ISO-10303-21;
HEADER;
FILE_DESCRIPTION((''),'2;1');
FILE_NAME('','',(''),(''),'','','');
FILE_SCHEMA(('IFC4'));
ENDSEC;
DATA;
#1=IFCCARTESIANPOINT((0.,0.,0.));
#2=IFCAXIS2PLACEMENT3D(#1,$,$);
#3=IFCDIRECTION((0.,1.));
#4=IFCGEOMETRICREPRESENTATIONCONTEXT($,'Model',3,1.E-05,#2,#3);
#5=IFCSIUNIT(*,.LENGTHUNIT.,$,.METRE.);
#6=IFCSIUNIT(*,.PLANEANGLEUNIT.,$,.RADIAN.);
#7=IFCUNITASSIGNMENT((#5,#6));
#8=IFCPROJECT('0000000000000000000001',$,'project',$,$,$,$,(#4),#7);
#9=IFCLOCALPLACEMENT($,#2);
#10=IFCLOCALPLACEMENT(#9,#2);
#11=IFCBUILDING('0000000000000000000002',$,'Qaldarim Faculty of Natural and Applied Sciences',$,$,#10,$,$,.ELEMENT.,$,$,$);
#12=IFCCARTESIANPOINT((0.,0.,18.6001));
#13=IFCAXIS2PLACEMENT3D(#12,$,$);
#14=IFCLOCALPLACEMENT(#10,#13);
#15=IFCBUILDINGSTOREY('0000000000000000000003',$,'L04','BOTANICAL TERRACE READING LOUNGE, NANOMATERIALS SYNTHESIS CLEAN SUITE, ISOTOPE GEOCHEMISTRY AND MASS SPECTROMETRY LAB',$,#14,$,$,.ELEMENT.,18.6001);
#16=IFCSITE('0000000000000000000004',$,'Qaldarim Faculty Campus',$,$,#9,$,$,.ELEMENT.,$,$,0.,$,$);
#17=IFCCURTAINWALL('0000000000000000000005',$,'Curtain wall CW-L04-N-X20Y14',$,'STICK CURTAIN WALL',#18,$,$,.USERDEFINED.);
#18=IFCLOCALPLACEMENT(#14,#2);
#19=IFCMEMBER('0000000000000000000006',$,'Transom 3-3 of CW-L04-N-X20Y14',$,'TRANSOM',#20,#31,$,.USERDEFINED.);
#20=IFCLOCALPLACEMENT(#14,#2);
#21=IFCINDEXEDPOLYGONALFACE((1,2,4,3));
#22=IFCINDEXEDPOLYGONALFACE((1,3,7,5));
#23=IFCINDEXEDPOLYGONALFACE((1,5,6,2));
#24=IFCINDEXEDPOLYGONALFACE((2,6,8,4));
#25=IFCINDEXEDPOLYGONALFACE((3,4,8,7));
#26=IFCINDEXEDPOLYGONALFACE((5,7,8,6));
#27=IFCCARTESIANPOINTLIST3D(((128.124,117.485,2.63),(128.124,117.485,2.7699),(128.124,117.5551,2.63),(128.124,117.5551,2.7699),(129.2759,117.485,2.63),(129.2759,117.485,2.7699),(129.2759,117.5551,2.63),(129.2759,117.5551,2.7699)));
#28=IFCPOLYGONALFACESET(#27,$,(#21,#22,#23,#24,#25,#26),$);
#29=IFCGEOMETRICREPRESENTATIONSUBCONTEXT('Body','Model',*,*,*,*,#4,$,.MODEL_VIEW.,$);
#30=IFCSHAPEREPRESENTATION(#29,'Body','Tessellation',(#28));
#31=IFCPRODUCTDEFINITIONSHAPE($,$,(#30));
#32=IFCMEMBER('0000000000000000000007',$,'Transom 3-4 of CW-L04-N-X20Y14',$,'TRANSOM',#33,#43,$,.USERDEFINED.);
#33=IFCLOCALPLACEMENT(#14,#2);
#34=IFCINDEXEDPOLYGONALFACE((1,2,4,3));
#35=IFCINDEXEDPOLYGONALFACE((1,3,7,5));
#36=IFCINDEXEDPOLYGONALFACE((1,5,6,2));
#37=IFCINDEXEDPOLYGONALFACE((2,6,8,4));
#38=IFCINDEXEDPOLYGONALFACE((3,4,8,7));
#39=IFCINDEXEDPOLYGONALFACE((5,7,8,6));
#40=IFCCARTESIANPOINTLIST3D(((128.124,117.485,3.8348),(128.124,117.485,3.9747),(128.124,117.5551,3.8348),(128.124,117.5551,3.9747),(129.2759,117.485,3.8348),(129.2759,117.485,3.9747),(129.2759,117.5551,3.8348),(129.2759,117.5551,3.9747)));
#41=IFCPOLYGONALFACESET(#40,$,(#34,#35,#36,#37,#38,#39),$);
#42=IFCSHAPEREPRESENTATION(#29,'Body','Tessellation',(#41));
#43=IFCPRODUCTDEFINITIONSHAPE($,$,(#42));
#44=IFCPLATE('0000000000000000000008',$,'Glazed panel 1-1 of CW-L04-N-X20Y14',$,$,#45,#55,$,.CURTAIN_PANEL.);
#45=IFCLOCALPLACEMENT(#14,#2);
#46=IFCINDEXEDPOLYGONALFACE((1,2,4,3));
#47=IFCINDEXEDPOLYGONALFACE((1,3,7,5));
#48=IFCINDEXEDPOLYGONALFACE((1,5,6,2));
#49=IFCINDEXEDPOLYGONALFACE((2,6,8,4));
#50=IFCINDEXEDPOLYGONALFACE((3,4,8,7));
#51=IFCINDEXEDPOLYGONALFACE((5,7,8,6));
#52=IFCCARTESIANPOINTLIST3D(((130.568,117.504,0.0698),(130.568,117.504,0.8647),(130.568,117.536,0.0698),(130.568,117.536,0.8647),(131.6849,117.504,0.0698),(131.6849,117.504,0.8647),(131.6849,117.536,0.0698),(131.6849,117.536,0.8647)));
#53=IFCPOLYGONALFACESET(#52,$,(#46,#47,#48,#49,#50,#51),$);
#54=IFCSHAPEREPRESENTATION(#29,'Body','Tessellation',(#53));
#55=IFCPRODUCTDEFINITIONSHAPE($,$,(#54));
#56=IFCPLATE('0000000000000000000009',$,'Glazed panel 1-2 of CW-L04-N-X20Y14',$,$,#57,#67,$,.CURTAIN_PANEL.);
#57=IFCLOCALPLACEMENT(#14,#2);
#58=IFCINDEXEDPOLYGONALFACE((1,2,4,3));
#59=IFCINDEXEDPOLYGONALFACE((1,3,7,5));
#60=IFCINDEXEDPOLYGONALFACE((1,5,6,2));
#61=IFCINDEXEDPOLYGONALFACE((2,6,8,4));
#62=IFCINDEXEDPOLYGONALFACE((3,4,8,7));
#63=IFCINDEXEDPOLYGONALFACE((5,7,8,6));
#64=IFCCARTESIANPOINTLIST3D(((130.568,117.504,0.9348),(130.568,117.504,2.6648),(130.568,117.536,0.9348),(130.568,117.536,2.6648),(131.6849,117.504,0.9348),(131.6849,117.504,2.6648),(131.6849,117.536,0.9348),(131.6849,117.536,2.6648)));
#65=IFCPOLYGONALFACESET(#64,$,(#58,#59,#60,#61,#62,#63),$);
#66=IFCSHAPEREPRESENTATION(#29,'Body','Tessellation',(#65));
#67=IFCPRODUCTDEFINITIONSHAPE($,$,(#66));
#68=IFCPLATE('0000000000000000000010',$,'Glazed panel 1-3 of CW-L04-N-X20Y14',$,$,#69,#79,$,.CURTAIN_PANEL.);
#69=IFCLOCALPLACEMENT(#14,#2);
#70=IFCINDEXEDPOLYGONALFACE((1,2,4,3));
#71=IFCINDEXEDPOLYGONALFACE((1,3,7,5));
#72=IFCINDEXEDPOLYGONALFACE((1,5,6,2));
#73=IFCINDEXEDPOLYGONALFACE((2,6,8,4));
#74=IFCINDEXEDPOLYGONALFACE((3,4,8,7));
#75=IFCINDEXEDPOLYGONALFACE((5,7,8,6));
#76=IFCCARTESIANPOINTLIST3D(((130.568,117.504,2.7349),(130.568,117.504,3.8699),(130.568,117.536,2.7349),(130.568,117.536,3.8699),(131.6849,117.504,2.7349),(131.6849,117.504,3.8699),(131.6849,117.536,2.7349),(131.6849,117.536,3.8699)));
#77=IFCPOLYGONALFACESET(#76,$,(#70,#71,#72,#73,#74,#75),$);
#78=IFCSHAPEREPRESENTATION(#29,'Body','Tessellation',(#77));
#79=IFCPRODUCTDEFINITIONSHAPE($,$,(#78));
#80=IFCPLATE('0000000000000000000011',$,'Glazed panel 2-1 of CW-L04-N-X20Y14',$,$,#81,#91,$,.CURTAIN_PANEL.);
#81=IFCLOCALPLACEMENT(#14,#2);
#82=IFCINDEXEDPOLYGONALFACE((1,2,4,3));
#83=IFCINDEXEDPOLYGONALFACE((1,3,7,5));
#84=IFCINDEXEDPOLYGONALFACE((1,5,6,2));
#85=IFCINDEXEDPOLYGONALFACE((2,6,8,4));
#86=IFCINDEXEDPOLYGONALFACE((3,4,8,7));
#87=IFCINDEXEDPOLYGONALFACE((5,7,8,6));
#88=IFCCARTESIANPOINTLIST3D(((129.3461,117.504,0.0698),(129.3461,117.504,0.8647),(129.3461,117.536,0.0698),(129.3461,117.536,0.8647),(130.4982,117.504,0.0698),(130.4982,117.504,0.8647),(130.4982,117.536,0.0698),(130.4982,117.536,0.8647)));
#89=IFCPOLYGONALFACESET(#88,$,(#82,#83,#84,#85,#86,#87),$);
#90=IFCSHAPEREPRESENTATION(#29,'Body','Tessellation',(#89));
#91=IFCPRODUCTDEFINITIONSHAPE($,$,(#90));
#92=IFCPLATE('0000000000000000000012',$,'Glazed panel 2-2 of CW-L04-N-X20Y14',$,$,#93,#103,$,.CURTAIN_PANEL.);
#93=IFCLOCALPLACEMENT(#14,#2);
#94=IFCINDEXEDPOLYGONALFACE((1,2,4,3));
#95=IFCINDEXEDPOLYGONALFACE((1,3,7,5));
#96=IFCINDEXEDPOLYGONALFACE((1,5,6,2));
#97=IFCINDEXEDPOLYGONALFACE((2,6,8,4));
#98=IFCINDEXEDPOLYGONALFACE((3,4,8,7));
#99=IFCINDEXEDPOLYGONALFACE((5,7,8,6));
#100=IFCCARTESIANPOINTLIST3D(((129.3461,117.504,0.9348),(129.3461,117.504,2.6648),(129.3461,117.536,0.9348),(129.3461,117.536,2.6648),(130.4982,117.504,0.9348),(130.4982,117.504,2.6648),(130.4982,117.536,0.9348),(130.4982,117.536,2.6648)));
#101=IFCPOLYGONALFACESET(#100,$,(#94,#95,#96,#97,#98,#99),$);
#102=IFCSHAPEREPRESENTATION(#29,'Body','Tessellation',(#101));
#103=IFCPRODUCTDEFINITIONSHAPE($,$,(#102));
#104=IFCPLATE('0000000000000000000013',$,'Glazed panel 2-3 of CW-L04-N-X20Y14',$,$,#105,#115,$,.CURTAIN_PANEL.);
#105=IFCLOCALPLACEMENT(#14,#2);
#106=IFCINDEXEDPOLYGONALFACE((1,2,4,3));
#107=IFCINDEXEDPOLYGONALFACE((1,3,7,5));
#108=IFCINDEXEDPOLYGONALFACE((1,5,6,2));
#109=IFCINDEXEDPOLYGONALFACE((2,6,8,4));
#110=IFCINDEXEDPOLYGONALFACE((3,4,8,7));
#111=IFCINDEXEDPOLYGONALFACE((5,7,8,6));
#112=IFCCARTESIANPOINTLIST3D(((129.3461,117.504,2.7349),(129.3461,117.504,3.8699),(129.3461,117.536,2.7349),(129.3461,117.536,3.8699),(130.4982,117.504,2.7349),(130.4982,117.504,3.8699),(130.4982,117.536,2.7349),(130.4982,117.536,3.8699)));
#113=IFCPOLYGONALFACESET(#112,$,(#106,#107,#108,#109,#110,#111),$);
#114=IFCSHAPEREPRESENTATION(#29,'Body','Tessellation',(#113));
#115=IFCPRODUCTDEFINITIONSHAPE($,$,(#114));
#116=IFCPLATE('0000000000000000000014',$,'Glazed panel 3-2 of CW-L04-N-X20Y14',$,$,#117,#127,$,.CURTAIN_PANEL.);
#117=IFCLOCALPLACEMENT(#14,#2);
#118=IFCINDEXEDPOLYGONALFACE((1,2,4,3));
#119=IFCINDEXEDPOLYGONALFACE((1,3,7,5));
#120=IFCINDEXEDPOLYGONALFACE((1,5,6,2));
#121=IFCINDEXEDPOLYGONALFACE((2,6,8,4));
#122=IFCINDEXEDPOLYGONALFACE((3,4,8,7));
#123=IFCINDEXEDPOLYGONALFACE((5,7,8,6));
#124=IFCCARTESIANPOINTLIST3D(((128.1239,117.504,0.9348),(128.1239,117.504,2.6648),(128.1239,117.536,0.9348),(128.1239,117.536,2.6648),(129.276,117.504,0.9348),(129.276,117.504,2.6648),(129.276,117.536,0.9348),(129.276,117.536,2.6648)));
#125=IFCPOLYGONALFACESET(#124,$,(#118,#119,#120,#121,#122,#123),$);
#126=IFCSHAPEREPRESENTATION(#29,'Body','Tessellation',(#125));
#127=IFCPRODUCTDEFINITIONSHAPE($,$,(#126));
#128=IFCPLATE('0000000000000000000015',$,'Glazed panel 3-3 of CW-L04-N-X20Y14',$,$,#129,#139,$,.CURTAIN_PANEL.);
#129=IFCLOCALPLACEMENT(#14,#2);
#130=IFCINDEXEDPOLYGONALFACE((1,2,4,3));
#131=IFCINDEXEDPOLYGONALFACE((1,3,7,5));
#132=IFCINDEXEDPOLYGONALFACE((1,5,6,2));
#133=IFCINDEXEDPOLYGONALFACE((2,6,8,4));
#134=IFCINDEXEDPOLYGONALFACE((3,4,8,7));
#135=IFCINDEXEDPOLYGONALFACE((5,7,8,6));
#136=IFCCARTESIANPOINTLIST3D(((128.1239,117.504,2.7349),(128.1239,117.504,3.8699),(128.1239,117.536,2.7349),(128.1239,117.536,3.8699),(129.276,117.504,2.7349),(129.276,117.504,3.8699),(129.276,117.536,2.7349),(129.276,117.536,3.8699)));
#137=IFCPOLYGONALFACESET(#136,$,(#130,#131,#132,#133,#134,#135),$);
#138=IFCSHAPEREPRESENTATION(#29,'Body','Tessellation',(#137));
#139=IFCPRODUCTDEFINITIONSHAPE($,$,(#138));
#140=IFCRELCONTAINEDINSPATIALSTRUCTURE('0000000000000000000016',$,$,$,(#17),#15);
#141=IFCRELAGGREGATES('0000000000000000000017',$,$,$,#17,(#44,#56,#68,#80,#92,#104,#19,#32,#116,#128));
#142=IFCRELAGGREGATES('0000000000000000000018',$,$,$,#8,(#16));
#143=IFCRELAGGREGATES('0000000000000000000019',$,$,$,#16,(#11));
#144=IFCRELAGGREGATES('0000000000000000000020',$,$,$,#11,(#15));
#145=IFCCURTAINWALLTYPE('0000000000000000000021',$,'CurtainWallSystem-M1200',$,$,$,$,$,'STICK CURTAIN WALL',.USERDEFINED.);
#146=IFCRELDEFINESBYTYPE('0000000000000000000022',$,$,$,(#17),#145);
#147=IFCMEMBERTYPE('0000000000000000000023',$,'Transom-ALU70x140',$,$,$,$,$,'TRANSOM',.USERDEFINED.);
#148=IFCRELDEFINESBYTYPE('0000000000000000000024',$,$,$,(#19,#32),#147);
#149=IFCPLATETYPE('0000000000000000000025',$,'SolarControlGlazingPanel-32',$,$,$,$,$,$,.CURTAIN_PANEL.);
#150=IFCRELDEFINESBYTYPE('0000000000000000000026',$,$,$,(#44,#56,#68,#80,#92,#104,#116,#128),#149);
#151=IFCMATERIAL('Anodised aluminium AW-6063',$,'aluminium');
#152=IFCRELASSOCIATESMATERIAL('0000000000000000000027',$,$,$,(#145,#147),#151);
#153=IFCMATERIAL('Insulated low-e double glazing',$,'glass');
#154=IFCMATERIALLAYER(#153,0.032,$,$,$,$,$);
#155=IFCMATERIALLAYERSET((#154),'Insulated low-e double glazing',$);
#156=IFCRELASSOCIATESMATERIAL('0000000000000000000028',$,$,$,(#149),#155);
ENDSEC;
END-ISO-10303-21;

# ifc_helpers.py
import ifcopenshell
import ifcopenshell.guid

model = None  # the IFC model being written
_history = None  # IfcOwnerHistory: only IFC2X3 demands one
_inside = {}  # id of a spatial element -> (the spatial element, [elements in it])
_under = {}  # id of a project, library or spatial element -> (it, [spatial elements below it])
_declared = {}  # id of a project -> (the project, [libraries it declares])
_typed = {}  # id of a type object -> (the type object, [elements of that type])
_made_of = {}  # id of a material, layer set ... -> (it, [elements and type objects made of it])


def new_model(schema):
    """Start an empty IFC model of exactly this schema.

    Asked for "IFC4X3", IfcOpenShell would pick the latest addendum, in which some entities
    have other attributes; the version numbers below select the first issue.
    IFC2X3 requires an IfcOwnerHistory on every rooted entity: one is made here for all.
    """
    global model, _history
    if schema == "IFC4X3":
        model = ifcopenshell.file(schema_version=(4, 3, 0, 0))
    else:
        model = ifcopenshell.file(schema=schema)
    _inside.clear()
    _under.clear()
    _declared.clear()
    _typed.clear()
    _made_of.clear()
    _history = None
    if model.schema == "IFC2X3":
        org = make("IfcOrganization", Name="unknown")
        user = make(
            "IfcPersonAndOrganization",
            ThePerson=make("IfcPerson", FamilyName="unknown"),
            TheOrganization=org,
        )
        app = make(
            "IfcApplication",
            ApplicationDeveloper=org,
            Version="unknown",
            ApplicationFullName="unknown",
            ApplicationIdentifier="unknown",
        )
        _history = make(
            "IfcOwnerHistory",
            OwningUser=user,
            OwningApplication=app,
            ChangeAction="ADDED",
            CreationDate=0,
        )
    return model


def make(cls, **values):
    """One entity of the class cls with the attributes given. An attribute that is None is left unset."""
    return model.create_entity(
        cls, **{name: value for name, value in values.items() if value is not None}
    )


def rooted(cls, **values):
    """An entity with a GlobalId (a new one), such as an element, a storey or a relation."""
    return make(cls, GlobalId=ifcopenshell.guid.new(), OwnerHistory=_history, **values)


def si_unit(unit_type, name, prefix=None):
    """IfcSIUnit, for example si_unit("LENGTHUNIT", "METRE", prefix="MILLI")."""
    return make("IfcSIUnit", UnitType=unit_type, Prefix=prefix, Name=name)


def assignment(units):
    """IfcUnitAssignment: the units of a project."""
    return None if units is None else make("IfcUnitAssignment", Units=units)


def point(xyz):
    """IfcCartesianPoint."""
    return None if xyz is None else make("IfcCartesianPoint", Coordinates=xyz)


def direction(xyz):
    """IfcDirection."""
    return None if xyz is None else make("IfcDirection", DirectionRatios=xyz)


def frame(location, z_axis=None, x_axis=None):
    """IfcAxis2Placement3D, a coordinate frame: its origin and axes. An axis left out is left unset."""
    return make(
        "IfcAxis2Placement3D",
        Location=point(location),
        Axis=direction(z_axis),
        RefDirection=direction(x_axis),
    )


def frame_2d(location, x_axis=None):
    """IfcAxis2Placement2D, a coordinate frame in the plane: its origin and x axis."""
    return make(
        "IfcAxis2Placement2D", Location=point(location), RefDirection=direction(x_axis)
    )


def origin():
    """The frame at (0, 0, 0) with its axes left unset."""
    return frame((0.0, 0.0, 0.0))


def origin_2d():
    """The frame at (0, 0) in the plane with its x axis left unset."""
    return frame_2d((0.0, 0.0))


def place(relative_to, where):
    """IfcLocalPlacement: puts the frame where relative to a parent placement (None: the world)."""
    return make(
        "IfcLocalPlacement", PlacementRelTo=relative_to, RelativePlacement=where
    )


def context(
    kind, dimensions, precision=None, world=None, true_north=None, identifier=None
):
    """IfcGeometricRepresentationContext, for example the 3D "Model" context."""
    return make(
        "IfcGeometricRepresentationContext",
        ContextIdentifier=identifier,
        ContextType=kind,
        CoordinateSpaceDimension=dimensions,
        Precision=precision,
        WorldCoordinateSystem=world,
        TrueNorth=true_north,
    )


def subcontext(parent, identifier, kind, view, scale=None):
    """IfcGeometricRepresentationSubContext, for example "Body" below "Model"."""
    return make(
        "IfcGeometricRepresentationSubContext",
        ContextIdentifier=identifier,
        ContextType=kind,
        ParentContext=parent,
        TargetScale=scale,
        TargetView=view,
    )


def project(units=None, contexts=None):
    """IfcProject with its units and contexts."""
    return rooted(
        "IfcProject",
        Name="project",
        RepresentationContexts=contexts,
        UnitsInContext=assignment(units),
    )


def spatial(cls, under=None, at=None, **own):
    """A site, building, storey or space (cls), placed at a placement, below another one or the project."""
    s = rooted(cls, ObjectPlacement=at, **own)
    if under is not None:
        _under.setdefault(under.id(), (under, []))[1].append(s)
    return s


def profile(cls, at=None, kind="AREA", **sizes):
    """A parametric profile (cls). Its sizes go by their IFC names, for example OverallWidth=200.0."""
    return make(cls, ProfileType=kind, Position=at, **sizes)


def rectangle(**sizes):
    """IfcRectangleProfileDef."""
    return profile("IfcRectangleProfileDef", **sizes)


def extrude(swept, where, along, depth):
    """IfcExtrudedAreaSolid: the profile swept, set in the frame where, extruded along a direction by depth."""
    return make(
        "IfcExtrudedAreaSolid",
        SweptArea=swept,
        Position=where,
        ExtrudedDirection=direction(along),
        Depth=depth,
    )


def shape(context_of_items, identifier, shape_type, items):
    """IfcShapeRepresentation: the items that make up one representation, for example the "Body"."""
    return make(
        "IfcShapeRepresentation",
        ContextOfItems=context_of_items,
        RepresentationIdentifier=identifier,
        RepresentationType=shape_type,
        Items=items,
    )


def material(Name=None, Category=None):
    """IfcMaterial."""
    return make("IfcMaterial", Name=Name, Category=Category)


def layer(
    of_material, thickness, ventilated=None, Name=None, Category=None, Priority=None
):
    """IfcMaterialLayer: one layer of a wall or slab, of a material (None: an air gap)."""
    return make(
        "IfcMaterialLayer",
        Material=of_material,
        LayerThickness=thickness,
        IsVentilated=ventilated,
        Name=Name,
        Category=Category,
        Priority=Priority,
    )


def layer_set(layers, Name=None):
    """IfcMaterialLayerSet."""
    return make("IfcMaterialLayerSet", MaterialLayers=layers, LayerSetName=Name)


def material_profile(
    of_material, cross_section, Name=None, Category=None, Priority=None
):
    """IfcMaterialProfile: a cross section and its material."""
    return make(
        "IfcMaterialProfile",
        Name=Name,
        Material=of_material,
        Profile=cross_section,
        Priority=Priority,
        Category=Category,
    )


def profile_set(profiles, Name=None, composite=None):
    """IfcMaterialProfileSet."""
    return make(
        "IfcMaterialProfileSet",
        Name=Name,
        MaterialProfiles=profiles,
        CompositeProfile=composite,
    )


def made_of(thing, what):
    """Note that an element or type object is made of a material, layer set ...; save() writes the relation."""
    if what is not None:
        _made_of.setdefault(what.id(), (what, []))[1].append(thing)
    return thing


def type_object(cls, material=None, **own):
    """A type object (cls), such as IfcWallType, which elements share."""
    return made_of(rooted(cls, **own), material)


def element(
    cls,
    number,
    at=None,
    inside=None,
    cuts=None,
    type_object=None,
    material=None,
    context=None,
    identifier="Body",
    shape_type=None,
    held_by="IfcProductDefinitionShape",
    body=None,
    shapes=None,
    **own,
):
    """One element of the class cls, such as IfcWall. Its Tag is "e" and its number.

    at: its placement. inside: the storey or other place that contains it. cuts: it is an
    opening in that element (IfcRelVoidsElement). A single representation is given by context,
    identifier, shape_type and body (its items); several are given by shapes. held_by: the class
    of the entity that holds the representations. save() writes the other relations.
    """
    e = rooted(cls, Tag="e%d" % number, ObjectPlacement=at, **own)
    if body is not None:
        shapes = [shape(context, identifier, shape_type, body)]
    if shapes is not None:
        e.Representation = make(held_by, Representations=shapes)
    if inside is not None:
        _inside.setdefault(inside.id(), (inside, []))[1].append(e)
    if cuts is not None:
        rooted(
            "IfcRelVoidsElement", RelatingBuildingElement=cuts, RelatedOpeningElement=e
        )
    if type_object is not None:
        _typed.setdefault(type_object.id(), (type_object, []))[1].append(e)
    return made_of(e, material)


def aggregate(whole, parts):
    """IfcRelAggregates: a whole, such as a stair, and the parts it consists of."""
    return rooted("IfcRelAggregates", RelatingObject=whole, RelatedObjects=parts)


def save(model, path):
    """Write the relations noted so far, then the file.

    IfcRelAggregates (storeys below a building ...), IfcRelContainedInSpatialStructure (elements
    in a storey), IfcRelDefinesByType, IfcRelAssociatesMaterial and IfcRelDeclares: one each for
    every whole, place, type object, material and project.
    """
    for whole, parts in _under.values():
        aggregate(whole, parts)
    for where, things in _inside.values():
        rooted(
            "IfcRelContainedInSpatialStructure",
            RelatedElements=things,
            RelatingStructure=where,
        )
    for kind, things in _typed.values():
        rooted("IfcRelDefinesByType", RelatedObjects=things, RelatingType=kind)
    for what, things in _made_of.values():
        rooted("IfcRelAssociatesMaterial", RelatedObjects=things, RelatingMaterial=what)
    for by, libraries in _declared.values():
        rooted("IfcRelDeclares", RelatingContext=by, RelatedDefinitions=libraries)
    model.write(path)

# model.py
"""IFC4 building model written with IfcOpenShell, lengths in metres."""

from ifc_helpers import new_model, si_unit, direction, frame, origin, origin_2d, place, context, subcontext, project, spatial, rectangle, extrude, material, layer, layer_set, material_profile, profile_set, type_object, element, aggregate, save


model = new_model("IFC4")

# Units and contexts
model_context = context("Model", 3, precision=1e-05, world=origin(), true_north=direction((0.0, 1.0)))
body_context = subcontext(model_context, "Body", "Model", "MODEL_VIEW")
ifc_project = project(units=[si_unit("LENGTHUNIT", "METRE"), si_unit("PLANEANGLEUNIT", "RADIAN")], contexts=[model_context])

# Site, building, storey
site_placement = place(None, origin())
site = spatial("IfcSite", under=ifc_project, at=site_placement, Name="Qaldarim Faculty Campus", CompositionType="ELEMENT", RefElevation=0.0)
building_placement = place(site_placement, origin())
building = spatial("IfcBuilding", under=site, at=building_placement, Name="Qaldarim Faculty of Natural and Applied Sciences", CompositionType="ELEMENT")
storey_placement = place(building_placement, frame((0.0, 0.0, 18.6001)))
storey = spatial("IfcBuildingStorey", under=building, at=storey_placement, Name="L04", Description="BOTANICAL TERRACE READING LOUNGE, NANOMATERIALS SYNTHESIS CLEAN SUITE, ISOTOPE GEOCHEMISTRY AND MASS SPECTROMETRY LAB", CompositionType="ELEMENT", Elevation=18.6001)

# Curtain wall, members, plates
ifc_material_1 = material(Name="Anodised aluminium AW-6063", Category="aluminium")
curtain_wall_type = type_object("IfcCurtainWallType", Name="CurtainWallSystem-M1200", ElementType="STICK CURTAIN WALL", PredefinedType="USERDEFINED", material=ifc_material_1)
curtain_wall_placement = place(storey_placement, origin())
curtain_wall = element("IfcCurtainWall", 1, at=curtain_wall_placement, inside=storey, type_object=curtain_wall_type, Name="Curtain wall CW-L04-N-X20Y14", ObjectType="STICK CURTAIN WALL", PredefinedType="USERDEFINED")
ifc_material_profile_1 = material_profile(ifc_material_1, rectangle(XDim=0.0701, YDim=0.1399, at=origin_2d()), Name="ALU-T70x140")
ifc_profile_set_1 = profile_set([ifc_material_profile_1], Name="Anodised aluminium AW-6063")
member_type_1 = type_object("IfcMemberType", Name="Transom-ALU70x140", ElementType="TRANSOM", PredefinedType="USERDEFINED", material=ifc_profile_set_1)
member_1_placement = place(storey_placement, frame((129.2759, 117.52, 2.7), z_axis=(-1.0, 0.0, 0.0), x_axis=(0.0, -1.0, 0.0)))
member_1 = element("IfcMember", 2, at=member_1_placement, type_object=member_type_1, Name="Transom 3-3 of CW-L04-N-X20Y14", ObjectType="TRANSOM", PredefinedType="USERDEFINED", context=body_context, shape_type="SweptSolid", body=[
    extrude(rectangle(XDim=0.0701, YDim=0.1399, at=origin_2d()), origin(), (0.0, 0.0, 1.0), 1.1519),
])
member_2_placement = place(storey_placement, frame((129.2759, 117.52, 3.9048), z_axis=(-1.0, 0.0, 0.0), x_axis=(0.0, -1.0, 0.0)))
member_2 = element("IfcMember", 3, at=member_2_placement, type_object=member_type_1, Name="Transom 3-4 of CW-L04-N-X20Y14", ObjectType="TRANSOM", PredefinedType="USERDEFINED", context=body_context, shape_type="SweptSolid", body=[
    extrude(rectangle(XDim=0.0701, YDim=0.1399, at=origin_2d()), origin(), (0.0, 0.0, 1.0), 1.1519),
])
ifc_material_2 = material(Name="Insulated low-e double glazing", Category="glass")
ifc_layer = layer(ifc_material_2, 0.032)
ifc_layer_set = layer_set([ifc_layer], Name="Insulated low-e double glazing")
plate_type = type_object("IfcPlateType", Name="SolarControlGlazingPanel-32", PredefinedType="CURTAIN_PANEL", material=ifc_layer_set)
plate_1_placement = place(storey_placement, frame((131.1265, 117.52, 0.0698), z_axis=(0.0, 0.0, 1.0), x_axis=(-1.0, 0.0, 0.0)))
plate_1 = element("IfcPlate", 4, at=plate_1_placement, type_object=plate_type, Name="Glazed panel 1-1 of CW-L04-N-X20Y14", PredefinedType="CURTAIN_PANEL", context=body_context, shape_type="SweptSolid", body=[
    extrude(rectangle(XDim=1.1169, YDim=0.032, at=origin_2d()), origin(), (0.0, 0.0, 1.0), 0.7949),
])
plate_2_placement = place(storey_placement, frame((131.1265, 117.52, 0.9348), z_axis=(0.0, 0.0, 1.0), x_axis=(-1.0, 0.0, 0.0)))
plate_2 = element("IfcPlate", 5, at=plate_2_placement, type_object=plate_type, Name="Glazed panel 1-2 of CW-L04-N-X20Y14", PredefinedType="CURTAIN_PANEL", context=body_context, shape_type="SweptSolid", body=[
    extrude(rectangle(XDim=1.1169, YDim=0.032, at=origin_2d()), origin(), (0.0, 0.0, 1.0), 1.73),
])
plate_3_placement = place(storey_placement, frame((131.1265, 117.52, 2.7349), z_axis=(0.0, 0.0, 1.0), x_axis=(-1.0, 0.0, 0.0)))
plate_3 = element("IfcPlate", 6, at=plate_3_placement, type_object=plate_type, Name="Glazed panel 1-3 of CW-L04-N-X20Y14", PredefinedType="CURTAIN_PANEL", context=body_context, shape_type="SweptSolid", body=[
    extrude(rectangle(XDim=1.1169, YDim=0.032, at=origin_2d()), origin(), (0.0, 0.0, 1.0), 1.135),
])
plate_4_placement = place(storey_placement, frame((129.9221, 117.52, 0.0698), z_axis=(0.0, 0.0, 1.0), x_axis=(-1.0, 0.0, 0.0)))
plate_4 = element("IfcPlate", 7, at=plate_4_placement, type_object=plate_type, Name="Glazed panel 2-1 of CW-L04-N-X20Y14", PredefinedType="CURTAIN_PANEL", context=body_context, shape_type="SweptSolid", body=[
    extrude(rectangle(XDim=1.1521, YDim=0.032, at=origin_2d()), origin(), (0.0, 0.0, 1.0), 0.7949),
])
plate_5_placement = place(storey_placement, frame((129.9221, 117.52, 0.9348), z_axis=(0.0, 0.0, 1.0), x_axis=(-1.0, 0.0, 0.0)))
plate_5 = element("IfcPlate", 8, at=plate_5_placement, type_object=plate_type, Name="Glazed panel 2-2 of CW-L04-N-X20Y14", PredefinedType="CURTAIN_PANEL", context=body_context, shape_type="SweptSolid", body=[
    extrude(rectangle(XDim=1.1521, YDim=0.032, at=origin_2d()), origin(), (0.0, 0.0, 1.0), 1.73),
])
plate_6_placement = place(storey_placement, frame((129.9221, 117.52, 2.7349), z_axis=(0.0, 0.0, 1.0), x_axis=(-1.0, 0.0, 0.0)))
plate_6 = element("IfcPlate", 9, at=plate_6_placement, type_object=plate_type, Name="Glazed panel 2-3 of CW-L04-N-X20Y14", PredefinedType="CURTAIN_PANEL", context=body_context, shape_type="SweptSolid", body=[
    extrude(rectangle(XDim=1.1521, YDim=0.032, at=origin_2d()), origin(), (0.0, 0.0, 1.0), 1.135),
])
plate_7_placement = place(storey_placement, frame((128.7, 117.52, 0.9348), z_axis=(0.0, 0.0, 1.0), x_axis=(-1.0, 0.0, 0.0)))
plate_7 = element("IfcPlate", 10, at=plate_7_placement, type_object=plate_type, Name="Glazed panel 3-2 of CW-L04-N-X20Y14", PredefinedType="CURTAIN_PANEL", context=body_context, shape_type="SweptSolid", body=[
    extrude(rectangle(XDim=1.1521, YDim=0.032, at=origin_2d()), origin(), (0.0, 0.0, 1.0), 1.73),
])
plate_8_placement = place(storey_placement, frame((128.7, 117.52, 2.7349), z_axis=(0.0, 0.0, 1.0), x_axis=(-1.0, 0.0, 0.0)))
plate_8 = element("IfcPlate", 11, at=plate_8_placement, type_object=plate_type, Name="Glazed panel 3-3 of CW-L04-N-X20Y14", PredefinedType="CURTAIN_PANEL", context=body_context, shape_type="SweptSolid", body=[
    extrude(rectangle(XDim=1.1521, YDim=0.032, at=origin_2d()), origin(), (0.0, 0.0, 1.0), 1.135),
])
aggregate(curtain_wall, [plate_1, plate_2, plate_3, plate_4, plate_5, plate_6, member_1, member_2, plate_7, plate_8])

save(model, "model.ifc")
